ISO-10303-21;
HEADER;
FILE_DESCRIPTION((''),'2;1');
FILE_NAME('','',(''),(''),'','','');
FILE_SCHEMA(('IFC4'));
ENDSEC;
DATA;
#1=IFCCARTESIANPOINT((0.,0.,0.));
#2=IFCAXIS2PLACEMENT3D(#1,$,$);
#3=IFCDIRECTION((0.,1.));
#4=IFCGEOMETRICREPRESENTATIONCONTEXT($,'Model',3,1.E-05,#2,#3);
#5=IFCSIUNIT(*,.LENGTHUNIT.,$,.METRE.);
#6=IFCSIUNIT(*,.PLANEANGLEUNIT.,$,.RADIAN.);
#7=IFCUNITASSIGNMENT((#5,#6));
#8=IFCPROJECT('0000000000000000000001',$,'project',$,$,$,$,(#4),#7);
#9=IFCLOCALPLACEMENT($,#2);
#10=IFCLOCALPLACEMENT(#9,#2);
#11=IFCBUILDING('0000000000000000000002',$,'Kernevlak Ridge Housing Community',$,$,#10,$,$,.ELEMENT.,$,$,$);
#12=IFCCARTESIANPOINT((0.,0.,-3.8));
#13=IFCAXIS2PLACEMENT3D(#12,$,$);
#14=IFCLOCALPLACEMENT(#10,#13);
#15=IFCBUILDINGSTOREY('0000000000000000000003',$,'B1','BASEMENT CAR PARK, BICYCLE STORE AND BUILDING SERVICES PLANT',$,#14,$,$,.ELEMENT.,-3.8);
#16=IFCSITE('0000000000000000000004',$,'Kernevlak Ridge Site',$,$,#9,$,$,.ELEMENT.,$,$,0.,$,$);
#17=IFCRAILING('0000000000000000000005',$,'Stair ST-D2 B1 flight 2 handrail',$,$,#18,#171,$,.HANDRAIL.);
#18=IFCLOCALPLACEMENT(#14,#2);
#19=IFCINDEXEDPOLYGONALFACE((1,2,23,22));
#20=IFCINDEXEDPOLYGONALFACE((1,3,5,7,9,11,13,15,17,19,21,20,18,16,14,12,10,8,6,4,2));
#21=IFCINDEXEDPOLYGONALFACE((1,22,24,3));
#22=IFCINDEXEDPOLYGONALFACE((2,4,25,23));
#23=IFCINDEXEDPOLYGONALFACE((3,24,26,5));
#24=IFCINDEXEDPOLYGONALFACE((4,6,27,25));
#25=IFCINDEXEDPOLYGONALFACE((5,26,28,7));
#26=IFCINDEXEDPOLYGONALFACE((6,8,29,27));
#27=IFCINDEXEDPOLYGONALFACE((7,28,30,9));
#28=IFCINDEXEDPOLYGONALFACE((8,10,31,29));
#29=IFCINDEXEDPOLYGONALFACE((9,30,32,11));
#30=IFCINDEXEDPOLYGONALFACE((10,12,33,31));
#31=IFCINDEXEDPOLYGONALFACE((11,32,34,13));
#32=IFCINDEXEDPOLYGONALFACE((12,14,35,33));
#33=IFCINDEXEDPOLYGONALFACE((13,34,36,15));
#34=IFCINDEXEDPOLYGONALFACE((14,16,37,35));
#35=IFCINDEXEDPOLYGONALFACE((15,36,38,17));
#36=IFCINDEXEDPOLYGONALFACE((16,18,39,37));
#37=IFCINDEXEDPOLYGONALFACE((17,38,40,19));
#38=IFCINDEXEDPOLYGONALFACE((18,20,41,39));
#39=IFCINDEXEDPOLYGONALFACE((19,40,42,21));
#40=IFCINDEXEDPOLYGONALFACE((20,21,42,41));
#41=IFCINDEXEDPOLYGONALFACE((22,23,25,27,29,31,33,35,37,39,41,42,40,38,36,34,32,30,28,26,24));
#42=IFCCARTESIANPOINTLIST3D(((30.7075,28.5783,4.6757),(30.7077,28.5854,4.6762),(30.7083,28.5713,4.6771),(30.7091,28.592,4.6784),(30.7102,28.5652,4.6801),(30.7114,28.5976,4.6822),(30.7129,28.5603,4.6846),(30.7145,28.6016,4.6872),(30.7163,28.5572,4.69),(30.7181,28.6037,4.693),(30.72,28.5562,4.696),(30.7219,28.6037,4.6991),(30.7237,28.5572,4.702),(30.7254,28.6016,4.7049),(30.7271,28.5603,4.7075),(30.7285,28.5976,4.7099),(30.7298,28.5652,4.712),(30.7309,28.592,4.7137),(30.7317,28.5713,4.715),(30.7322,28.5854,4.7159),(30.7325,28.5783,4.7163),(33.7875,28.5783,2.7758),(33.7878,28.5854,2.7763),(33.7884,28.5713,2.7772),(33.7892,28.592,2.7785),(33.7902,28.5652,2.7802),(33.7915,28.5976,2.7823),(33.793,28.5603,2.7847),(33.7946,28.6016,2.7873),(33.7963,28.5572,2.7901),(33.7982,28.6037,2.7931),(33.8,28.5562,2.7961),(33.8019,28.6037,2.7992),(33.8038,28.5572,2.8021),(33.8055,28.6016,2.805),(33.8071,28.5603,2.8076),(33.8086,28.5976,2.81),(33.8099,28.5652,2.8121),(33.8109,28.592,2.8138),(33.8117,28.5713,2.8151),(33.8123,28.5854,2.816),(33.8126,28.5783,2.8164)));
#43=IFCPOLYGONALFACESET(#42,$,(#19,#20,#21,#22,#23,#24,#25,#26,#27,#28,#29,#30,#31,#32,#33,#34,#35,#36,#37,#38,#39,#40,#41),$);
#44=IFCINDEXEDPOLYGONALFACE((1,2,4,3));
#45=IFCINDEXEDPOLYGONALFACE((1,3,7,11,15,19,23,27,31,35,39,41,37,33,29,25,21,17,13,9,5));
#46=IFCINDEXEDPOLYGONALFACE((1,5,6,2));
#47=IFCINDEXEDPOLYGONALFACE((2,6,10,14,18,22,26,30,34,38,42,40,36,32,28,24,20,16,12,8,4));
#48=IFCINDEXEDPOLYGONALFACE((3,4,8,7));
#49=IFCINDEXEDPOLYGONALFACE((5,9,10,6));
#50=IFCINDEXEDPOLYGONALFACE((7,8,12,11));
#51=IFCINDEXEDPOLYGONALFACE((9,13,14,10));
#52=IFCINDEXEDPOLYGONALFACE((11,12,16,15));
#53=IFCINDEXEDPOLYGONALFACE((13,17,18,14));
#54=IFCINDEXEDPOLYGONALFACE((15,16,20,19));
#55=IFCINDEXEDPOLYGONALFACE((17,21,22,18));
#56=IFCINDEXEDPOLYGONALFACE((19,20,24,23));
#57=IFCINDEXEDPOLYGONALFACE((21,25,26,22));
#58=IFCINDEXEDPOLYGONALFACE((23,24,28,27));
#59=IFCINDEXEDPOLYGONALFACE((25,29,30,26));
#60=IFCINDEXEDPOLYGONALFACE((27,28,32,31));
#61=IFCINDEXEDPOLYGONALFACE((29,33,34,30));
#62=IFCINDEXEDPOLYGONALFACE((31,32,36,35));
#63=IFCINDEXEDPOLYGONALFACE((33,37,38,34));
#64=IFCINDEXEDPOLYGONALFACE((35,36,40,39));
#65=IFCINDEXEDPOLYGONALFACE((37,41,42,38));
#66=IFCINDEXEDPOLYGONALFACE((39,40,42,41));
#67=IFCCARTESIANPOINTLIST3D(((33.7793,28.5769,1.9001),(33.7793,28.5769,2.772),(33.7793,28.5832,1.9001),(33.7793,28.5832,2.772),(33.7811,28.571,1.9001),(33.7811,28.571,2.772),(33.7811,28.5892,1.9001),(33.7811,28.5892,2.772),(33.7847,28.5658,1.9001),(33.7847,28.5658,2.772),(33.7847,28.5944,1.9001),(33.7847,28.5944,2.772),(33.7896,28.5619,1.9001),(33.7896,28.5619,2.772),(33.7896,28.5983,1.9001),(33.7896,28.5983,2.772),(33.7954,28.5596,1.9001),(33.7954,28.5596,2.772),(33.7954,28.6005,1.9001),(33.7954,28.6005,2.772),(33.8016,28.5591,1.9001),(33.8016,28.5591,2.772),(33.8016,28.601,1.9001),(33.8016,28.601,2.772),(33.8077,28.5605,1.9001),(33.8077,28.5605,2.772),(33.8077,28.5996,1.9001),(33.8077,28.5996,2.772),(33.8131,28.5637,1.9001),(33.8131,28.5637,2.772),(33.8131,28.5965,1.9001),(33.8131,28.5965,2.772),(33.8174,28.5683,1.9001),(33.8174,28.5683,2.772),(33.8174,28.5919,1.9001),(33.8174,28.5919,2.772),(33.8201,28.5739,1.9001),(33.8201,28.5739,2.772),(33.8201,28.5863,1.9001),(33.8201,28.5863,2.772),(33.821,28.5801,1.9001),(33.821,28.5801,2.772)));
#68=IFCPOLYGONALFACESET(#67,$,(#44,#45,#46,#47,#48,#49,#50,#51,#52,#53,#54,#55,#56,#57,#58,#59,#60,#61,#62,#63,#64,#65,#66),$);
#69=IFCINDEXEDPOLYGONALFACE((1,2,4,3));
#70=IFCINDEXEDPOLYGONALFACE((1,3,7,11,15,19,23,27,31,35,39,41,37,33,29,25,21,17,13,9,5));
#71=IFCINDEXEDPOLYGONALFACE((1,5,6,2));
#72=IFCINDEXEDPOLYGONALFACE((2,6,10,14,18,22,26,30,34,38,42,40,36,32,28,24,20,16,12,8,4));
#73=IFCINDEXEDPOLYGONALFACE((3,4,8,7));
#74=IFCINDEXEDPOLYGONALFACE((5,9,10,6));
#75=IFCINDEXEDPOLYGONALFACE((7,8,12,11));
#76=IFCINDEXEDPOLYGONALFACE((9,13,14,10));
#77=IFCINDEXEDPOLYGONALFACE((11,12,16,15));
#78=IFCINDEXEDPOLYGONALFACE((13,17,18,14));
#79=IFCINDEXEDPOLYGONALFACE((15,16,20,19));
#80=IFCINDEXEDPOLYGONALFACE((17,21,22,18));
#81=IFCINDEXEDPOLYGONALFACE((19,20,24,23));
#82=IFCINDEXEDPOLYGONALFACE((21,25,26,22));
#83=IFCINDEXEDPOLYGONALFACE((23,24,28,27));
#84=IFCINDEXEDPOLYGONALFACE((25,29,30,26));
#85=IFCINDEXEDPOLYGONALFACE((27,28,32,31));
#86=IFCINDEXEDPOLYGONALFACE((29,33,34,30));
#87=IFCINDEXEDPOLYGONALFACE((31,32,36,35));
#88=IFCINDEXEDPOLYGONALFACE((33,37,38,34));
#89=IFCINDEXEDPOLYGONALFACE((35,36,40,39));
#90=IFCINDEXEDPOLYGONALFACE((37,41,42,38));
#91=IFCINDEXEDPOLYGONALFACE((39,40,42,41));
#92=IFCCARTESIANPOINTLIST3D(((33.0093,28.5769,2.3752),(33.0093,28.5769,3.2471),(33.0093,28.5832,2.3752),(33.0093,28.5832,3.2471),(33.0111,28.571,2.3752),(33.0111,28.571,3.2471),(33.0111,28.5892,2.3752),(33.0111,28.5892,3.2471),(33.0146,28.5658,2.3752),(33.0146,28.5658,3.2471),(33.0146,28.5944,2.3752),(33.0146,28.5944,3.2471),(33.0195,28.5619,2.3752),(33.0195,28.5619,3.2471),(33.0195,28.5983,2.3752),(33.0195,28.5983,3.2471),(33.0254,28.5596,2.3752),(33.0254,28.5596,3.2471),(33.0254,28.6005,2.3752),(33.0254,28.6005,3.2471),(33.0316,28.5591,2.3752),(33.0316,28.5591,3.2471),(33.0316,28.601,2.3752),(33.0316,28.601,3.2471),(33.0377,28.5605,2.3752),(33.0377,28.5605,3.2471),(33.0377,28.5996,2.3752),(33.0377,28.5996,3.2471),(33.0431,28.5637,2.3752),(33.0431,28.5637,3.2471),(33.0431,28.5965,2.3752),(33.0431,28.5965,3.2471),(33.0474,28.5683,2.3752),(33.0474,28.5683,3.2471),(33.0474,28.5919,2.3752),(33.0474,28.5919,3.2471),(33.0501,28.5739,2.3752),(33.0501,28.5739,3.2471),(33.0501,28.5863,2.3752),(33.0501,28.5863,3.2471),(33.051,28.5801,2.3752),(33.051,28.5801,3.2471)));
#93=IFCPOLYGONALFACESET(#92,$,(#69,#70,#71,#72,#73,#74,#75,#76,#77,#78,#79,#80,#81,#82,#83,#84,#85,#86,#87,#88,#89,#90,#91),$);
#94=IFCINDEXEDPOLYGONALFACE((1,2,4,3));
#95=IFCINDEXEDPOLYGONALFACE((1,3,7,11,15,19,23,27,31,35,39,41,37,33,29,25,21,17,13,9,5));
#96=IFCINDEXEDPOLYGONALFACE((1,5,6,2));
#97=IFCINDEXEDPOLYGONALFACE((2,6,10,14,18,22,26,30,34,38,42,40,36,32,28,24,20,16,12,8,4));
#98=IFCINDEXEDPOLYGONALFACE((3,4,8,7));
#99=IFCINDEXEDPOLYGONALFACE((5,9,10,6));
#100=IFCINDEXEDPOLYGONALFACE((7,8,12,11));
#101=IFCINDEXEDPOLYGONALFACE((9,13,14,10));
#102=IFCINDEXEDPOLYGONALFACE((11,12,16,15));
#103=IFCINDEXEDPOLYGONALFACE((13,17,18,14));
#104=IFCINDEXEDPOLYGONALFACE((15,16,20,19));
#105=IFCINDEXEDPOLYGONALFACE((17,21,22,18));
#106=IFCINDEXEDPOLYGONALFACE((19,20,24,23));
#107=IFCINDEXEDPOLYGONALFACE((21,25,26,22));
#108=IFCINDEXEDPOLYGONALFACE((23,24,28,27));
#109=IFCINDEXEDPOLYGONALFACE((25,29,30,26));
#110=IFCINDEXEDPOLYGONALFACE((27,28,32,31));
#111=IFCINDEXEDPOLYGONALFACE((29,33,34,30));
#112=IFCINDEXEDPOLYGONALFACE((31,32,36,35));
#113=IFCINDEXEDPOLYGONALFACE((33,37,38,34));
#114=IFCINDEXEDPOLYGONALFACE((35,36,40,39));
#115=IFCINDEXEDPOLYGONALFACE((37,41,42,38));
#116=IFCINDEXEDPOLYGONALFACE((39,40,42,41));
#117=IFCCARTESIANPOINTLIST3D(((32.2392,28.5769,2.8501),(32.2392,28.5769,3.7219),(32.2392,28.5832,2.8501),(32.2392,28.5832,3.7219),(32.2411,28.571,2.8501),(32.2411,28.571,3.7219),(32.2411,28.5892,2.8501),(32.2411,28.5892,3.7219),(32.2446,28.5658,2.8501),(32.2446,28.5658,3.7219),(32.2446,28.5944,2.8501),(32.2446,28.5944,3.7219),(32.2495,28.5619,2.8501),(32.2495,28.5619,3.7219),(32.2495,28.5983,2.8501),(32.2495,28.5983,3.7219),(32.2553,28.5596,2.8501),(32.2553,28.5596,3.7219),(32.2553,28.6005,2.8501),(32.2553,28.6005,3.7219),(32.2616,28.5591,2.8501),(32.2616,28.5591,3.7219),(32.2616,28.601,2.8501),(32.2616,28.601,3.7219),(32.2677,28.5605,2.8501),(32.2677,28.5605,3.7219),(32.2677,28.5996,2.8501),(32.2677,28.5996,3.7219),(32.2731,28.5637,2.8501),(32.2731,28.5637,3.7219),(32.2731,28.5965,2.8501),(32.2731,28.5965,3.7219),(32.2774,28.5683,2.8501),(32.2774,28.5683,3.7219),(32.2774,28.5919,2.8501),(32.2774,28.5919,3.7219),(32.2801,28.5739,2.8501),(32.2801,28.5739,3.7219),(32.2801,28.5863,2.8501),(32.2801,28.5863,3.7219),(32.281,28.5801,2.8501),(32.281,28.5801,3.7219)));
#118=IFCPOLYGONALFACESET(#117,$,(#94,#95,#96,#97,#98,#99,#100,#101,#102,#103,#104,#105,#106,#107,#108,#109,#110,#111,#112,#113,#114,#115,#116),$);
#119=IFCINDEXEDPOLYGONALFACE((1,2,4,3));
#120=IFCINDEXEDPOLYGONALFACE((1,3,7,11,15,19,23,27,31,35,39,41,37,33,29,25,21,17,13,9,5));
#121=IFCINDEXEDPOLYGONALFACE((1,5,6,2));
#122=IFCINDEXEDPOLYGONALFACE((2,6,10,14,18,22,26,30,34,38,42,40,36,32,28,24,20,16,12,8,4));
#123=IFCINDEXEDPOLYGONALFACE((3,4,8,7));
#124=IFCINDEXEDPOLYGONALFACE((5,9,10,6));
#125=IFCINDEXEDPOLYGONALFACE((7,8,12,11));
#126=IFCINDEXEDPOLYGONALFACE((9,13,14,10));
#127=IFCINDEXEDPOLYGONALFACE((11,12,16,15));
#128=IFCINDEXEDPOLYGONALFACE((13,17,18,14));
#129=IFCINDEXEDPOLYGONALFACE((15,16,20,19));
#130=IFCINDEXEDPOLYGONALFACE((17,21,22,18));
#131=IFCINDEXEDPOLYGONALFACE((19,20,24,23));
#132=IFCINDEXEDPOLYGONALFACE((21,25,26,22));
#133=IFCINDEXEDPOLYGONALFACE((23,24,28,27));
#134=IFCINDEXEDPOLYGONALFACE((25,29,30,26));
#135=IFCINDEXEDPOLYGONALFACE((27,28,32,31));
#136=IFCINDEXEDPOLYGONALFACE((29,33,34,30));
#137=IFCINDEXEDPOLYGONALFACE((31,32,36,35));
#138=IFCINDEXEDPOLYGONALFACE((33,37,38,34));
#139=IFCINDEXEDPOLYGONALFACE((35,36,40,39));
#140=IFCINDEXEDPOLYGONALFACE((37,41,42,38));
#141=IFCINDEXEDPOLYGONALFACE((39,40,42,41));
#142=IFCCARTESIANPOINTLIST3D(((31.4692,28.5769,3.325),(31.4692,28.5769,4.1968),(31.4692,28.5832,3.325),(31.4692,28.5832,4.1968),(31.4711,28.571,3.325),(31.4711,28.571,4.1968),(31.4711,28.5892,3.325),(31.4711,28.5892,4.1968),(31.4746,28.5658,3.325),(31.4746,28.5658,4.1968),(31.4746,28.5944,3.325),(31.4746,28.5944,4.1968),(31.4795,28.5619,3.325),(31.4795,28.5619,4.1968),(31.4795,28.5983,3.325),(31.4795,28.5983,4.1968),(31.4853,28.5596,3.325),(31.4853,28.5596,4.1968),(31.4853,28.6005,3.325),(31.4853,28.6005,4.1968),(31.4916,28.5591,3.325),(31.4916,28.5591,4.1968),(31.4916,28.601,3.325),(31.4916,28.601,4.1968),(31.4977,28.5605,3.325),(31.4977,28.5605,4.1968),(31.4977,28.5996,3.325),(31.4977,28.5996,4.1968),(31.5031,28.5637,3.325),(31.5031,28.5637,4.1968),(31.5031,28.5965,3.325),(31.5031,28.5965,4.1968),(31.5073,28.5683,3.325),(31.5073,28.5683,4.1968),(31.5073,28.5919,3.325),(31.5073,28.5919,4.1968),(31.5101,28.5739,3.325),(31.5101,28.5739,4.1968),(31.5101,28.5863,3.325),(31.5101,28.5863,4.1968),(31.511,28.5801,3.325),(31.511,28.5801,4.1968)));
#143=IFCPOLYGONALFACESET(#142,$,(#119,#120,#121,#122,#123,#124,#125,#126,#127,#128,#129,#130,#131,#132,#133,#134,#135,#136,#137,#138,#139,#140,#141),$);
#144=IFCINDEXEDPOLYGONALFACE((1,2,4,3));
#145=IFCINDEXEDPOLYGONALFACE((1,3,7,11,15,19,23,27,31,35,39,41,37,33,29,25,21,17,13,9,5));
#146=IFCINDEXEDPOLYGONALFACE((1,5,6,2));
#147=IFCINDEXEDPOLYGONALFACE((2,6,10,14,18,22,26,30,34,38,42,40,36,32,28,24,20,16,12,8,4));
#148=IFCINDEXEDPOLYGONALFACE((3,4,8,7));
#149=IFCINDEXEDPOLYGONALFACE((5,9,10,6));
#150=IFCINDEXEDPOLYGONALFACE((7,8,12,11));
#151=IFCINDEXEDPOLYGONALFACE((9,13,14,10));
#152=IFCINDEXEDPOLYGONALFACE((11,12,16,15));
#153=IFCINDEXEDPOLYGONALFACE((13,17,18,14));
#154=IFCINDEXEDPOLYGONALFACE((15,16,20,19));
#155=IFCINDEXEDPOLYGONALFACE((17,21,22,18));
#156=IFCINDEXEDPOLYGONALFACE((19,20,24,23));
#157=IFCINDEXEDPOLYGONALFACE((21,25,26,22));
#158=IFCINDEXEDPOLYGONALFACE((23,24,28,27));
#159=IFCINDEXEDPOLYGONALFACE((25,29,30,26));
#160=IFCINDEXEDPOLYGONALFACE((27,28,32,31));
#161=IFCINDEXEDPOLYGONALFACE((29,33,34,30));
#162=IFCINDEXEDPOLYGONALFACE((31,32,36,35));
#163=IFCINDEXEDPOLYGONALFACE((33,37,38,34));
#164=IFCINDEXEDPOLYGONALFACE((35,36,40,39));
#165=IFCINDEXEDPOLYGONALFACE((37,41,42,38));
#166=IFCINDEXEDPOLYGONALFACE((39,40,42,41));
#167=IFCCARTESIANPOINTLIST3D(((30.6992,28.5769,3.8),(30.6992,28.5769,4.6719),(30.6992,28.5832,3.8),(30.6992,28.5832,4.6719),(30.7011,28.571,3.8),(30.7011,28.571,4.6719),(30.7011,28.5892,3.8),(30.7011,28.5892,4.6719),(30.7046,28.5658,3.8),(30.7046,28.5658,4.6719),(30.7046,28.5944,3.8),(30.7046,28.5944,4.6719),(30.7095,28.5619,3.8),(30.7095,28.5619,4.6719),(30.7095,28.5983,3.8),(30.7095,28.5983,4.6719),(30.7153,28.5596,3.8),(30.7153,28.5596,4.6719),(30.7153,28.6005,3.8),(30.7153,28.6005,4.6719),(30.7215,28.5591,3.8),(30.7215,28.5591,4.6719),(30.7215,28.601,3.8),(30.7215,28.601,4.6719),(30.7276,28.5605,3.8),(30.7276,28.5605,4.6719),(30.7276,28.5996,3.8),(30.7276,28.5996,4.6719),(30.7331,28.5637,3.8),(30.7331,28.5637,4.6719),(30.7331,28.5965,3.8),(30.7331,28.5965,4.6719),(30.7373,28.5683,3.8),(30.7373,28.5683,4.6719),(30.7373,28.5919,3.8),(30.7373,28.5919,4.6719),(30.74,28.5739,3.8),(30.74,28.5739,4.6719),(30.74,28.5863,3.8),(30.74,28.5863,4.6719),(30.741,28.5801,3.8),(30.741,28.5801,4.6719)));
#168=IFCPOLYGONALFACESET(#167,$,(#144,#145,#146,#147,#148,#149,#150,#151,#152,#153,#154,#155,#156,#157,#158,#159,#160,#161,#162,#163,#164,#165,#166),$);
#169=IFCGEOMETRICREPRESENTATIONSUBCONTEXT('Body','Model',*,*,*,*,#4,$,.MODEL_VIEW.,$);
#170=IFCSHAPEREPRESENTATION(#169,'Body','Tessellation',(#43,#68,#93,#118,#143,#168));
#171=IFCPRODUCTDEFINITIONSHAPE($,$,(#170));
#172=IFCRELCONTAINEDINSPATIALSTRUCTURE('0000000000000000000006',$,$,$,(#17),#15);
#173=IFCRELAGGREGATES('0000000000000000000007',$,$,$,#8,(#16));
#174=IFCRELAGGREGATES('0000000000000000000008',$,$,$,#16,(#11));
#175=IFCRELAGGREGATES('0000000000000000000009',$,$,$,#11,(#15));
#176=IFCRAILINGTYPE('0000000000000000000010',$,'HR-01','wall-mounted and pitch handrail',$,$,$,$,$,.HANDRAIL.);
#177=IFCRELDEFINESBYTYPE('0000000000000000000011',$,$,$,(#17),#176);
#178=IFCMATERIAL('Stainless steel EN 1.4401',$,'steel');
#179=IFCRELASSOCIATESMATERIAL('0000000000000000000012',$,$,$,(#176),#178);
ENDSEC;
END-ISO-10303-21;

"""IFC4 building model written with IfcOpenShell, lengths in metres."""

from ifc_helpers import new_model, si_unit, direction, frame, origin, origin_2d, place, context, subcontext, project, spatial, circle, extrude, material, type_object, element, save


model = new_model("IFC4")

# Units and contexts
model_context = context("Model", 3, precision=1e-05, world=origin(), true_north=direction((0.0, 1.0)))
body_context = subcontext(model_context, "Body", "Model", "MODEL_VIEW")
ifc_project = project(units=[si_unit("LENGTHUNIT", "METRE"), si_unit("PLANEANGLEUNIT", "RADIAN")], contexts=[model_context])

# Site, building, storey
site_placement = place(None, origin())
site = spatial("IfcSite", under=ifc_project, at=site_placement, Name="Kernevlak Ridge Site", CompositionType="ELEMENT", RefElevation=0.0)
building_placement = place(site_placement, origin())
building = spatial("IfcBuilding", under=site, at=building_placement, Name="Kernevlak Ridge Housing Community", CompositionType="ELEMENT")
storey_placement = place(building_placement, frame((0.0, 0.0, -3.8)))
storey = spatial("IfcBuildingStorey", under=building, at=storey_placement, Name="B1", Description="BASEMENT CAR PARK, BICYCLE STORE AND BUILDING SERVICES PLANT", CompositionType="ELEMENT", Elevation=-3.8)

# Railing
ifc_material_1 = material(Name="Stainless steel EN 1.4401", Category="steel")
railing_type_1 = type_object("IfcRailingType", Name="HR-01", Description="wall-mounted and pitch handrail", PredefinedType="HANDRAIL", material=ifc_material_1)
railing_1_placement = place(storey_placement, frame((33.8, 28.5801, 1.9001)))
element("IfcRailing", 1, at=railing_1_placement, inside=storey, type_object=railing_type_1, Name="Stair ST-D2 B1 flight 2 handrail", PredefinedType="HANDRAIL", context=body_context, shape_type="SweptSolid", body=[
    extrude(circle(Radius=0.0239, at=origin_2d()), frame((0.0, 0.0, 0.896), z_axis=(-0.851107, 0.0, 0.524993), x_axis=(0.0, -1.0, 0.0)), (0.0, 0.0, 1.0), 3.6189),
    extrude(circle(Radius=0.021, at=origin_2d()), origin(), (0.0, 0.0, 1.0), 0.8718),
    extrude(circle(Radius=0.021, at=origin_2d()), frame((-0.77, 0.0, 0.4751)), (0.0, 0.0, 1.0), 0.8718),
    extrude(circle(Radius=0.021, at=origin_2d()), frame((-1.54, 0.0, 0.95)), (0.0, 0.0, 1.0), 0.8718),
    extrude(circle(Radius=0.021, at=origin_2d()), frame((-2.3101, 0.0, 1.4248)), (0.0, 0.0, 1.0), 0.8718),
    extrude(circle(Radius=0.021, at=origin_2d()), frame((-3.0801, 0.0, 1.8999)), (0.0, 0.0, 1.0), 0.8718),
])

save(model, "model.ifc")
